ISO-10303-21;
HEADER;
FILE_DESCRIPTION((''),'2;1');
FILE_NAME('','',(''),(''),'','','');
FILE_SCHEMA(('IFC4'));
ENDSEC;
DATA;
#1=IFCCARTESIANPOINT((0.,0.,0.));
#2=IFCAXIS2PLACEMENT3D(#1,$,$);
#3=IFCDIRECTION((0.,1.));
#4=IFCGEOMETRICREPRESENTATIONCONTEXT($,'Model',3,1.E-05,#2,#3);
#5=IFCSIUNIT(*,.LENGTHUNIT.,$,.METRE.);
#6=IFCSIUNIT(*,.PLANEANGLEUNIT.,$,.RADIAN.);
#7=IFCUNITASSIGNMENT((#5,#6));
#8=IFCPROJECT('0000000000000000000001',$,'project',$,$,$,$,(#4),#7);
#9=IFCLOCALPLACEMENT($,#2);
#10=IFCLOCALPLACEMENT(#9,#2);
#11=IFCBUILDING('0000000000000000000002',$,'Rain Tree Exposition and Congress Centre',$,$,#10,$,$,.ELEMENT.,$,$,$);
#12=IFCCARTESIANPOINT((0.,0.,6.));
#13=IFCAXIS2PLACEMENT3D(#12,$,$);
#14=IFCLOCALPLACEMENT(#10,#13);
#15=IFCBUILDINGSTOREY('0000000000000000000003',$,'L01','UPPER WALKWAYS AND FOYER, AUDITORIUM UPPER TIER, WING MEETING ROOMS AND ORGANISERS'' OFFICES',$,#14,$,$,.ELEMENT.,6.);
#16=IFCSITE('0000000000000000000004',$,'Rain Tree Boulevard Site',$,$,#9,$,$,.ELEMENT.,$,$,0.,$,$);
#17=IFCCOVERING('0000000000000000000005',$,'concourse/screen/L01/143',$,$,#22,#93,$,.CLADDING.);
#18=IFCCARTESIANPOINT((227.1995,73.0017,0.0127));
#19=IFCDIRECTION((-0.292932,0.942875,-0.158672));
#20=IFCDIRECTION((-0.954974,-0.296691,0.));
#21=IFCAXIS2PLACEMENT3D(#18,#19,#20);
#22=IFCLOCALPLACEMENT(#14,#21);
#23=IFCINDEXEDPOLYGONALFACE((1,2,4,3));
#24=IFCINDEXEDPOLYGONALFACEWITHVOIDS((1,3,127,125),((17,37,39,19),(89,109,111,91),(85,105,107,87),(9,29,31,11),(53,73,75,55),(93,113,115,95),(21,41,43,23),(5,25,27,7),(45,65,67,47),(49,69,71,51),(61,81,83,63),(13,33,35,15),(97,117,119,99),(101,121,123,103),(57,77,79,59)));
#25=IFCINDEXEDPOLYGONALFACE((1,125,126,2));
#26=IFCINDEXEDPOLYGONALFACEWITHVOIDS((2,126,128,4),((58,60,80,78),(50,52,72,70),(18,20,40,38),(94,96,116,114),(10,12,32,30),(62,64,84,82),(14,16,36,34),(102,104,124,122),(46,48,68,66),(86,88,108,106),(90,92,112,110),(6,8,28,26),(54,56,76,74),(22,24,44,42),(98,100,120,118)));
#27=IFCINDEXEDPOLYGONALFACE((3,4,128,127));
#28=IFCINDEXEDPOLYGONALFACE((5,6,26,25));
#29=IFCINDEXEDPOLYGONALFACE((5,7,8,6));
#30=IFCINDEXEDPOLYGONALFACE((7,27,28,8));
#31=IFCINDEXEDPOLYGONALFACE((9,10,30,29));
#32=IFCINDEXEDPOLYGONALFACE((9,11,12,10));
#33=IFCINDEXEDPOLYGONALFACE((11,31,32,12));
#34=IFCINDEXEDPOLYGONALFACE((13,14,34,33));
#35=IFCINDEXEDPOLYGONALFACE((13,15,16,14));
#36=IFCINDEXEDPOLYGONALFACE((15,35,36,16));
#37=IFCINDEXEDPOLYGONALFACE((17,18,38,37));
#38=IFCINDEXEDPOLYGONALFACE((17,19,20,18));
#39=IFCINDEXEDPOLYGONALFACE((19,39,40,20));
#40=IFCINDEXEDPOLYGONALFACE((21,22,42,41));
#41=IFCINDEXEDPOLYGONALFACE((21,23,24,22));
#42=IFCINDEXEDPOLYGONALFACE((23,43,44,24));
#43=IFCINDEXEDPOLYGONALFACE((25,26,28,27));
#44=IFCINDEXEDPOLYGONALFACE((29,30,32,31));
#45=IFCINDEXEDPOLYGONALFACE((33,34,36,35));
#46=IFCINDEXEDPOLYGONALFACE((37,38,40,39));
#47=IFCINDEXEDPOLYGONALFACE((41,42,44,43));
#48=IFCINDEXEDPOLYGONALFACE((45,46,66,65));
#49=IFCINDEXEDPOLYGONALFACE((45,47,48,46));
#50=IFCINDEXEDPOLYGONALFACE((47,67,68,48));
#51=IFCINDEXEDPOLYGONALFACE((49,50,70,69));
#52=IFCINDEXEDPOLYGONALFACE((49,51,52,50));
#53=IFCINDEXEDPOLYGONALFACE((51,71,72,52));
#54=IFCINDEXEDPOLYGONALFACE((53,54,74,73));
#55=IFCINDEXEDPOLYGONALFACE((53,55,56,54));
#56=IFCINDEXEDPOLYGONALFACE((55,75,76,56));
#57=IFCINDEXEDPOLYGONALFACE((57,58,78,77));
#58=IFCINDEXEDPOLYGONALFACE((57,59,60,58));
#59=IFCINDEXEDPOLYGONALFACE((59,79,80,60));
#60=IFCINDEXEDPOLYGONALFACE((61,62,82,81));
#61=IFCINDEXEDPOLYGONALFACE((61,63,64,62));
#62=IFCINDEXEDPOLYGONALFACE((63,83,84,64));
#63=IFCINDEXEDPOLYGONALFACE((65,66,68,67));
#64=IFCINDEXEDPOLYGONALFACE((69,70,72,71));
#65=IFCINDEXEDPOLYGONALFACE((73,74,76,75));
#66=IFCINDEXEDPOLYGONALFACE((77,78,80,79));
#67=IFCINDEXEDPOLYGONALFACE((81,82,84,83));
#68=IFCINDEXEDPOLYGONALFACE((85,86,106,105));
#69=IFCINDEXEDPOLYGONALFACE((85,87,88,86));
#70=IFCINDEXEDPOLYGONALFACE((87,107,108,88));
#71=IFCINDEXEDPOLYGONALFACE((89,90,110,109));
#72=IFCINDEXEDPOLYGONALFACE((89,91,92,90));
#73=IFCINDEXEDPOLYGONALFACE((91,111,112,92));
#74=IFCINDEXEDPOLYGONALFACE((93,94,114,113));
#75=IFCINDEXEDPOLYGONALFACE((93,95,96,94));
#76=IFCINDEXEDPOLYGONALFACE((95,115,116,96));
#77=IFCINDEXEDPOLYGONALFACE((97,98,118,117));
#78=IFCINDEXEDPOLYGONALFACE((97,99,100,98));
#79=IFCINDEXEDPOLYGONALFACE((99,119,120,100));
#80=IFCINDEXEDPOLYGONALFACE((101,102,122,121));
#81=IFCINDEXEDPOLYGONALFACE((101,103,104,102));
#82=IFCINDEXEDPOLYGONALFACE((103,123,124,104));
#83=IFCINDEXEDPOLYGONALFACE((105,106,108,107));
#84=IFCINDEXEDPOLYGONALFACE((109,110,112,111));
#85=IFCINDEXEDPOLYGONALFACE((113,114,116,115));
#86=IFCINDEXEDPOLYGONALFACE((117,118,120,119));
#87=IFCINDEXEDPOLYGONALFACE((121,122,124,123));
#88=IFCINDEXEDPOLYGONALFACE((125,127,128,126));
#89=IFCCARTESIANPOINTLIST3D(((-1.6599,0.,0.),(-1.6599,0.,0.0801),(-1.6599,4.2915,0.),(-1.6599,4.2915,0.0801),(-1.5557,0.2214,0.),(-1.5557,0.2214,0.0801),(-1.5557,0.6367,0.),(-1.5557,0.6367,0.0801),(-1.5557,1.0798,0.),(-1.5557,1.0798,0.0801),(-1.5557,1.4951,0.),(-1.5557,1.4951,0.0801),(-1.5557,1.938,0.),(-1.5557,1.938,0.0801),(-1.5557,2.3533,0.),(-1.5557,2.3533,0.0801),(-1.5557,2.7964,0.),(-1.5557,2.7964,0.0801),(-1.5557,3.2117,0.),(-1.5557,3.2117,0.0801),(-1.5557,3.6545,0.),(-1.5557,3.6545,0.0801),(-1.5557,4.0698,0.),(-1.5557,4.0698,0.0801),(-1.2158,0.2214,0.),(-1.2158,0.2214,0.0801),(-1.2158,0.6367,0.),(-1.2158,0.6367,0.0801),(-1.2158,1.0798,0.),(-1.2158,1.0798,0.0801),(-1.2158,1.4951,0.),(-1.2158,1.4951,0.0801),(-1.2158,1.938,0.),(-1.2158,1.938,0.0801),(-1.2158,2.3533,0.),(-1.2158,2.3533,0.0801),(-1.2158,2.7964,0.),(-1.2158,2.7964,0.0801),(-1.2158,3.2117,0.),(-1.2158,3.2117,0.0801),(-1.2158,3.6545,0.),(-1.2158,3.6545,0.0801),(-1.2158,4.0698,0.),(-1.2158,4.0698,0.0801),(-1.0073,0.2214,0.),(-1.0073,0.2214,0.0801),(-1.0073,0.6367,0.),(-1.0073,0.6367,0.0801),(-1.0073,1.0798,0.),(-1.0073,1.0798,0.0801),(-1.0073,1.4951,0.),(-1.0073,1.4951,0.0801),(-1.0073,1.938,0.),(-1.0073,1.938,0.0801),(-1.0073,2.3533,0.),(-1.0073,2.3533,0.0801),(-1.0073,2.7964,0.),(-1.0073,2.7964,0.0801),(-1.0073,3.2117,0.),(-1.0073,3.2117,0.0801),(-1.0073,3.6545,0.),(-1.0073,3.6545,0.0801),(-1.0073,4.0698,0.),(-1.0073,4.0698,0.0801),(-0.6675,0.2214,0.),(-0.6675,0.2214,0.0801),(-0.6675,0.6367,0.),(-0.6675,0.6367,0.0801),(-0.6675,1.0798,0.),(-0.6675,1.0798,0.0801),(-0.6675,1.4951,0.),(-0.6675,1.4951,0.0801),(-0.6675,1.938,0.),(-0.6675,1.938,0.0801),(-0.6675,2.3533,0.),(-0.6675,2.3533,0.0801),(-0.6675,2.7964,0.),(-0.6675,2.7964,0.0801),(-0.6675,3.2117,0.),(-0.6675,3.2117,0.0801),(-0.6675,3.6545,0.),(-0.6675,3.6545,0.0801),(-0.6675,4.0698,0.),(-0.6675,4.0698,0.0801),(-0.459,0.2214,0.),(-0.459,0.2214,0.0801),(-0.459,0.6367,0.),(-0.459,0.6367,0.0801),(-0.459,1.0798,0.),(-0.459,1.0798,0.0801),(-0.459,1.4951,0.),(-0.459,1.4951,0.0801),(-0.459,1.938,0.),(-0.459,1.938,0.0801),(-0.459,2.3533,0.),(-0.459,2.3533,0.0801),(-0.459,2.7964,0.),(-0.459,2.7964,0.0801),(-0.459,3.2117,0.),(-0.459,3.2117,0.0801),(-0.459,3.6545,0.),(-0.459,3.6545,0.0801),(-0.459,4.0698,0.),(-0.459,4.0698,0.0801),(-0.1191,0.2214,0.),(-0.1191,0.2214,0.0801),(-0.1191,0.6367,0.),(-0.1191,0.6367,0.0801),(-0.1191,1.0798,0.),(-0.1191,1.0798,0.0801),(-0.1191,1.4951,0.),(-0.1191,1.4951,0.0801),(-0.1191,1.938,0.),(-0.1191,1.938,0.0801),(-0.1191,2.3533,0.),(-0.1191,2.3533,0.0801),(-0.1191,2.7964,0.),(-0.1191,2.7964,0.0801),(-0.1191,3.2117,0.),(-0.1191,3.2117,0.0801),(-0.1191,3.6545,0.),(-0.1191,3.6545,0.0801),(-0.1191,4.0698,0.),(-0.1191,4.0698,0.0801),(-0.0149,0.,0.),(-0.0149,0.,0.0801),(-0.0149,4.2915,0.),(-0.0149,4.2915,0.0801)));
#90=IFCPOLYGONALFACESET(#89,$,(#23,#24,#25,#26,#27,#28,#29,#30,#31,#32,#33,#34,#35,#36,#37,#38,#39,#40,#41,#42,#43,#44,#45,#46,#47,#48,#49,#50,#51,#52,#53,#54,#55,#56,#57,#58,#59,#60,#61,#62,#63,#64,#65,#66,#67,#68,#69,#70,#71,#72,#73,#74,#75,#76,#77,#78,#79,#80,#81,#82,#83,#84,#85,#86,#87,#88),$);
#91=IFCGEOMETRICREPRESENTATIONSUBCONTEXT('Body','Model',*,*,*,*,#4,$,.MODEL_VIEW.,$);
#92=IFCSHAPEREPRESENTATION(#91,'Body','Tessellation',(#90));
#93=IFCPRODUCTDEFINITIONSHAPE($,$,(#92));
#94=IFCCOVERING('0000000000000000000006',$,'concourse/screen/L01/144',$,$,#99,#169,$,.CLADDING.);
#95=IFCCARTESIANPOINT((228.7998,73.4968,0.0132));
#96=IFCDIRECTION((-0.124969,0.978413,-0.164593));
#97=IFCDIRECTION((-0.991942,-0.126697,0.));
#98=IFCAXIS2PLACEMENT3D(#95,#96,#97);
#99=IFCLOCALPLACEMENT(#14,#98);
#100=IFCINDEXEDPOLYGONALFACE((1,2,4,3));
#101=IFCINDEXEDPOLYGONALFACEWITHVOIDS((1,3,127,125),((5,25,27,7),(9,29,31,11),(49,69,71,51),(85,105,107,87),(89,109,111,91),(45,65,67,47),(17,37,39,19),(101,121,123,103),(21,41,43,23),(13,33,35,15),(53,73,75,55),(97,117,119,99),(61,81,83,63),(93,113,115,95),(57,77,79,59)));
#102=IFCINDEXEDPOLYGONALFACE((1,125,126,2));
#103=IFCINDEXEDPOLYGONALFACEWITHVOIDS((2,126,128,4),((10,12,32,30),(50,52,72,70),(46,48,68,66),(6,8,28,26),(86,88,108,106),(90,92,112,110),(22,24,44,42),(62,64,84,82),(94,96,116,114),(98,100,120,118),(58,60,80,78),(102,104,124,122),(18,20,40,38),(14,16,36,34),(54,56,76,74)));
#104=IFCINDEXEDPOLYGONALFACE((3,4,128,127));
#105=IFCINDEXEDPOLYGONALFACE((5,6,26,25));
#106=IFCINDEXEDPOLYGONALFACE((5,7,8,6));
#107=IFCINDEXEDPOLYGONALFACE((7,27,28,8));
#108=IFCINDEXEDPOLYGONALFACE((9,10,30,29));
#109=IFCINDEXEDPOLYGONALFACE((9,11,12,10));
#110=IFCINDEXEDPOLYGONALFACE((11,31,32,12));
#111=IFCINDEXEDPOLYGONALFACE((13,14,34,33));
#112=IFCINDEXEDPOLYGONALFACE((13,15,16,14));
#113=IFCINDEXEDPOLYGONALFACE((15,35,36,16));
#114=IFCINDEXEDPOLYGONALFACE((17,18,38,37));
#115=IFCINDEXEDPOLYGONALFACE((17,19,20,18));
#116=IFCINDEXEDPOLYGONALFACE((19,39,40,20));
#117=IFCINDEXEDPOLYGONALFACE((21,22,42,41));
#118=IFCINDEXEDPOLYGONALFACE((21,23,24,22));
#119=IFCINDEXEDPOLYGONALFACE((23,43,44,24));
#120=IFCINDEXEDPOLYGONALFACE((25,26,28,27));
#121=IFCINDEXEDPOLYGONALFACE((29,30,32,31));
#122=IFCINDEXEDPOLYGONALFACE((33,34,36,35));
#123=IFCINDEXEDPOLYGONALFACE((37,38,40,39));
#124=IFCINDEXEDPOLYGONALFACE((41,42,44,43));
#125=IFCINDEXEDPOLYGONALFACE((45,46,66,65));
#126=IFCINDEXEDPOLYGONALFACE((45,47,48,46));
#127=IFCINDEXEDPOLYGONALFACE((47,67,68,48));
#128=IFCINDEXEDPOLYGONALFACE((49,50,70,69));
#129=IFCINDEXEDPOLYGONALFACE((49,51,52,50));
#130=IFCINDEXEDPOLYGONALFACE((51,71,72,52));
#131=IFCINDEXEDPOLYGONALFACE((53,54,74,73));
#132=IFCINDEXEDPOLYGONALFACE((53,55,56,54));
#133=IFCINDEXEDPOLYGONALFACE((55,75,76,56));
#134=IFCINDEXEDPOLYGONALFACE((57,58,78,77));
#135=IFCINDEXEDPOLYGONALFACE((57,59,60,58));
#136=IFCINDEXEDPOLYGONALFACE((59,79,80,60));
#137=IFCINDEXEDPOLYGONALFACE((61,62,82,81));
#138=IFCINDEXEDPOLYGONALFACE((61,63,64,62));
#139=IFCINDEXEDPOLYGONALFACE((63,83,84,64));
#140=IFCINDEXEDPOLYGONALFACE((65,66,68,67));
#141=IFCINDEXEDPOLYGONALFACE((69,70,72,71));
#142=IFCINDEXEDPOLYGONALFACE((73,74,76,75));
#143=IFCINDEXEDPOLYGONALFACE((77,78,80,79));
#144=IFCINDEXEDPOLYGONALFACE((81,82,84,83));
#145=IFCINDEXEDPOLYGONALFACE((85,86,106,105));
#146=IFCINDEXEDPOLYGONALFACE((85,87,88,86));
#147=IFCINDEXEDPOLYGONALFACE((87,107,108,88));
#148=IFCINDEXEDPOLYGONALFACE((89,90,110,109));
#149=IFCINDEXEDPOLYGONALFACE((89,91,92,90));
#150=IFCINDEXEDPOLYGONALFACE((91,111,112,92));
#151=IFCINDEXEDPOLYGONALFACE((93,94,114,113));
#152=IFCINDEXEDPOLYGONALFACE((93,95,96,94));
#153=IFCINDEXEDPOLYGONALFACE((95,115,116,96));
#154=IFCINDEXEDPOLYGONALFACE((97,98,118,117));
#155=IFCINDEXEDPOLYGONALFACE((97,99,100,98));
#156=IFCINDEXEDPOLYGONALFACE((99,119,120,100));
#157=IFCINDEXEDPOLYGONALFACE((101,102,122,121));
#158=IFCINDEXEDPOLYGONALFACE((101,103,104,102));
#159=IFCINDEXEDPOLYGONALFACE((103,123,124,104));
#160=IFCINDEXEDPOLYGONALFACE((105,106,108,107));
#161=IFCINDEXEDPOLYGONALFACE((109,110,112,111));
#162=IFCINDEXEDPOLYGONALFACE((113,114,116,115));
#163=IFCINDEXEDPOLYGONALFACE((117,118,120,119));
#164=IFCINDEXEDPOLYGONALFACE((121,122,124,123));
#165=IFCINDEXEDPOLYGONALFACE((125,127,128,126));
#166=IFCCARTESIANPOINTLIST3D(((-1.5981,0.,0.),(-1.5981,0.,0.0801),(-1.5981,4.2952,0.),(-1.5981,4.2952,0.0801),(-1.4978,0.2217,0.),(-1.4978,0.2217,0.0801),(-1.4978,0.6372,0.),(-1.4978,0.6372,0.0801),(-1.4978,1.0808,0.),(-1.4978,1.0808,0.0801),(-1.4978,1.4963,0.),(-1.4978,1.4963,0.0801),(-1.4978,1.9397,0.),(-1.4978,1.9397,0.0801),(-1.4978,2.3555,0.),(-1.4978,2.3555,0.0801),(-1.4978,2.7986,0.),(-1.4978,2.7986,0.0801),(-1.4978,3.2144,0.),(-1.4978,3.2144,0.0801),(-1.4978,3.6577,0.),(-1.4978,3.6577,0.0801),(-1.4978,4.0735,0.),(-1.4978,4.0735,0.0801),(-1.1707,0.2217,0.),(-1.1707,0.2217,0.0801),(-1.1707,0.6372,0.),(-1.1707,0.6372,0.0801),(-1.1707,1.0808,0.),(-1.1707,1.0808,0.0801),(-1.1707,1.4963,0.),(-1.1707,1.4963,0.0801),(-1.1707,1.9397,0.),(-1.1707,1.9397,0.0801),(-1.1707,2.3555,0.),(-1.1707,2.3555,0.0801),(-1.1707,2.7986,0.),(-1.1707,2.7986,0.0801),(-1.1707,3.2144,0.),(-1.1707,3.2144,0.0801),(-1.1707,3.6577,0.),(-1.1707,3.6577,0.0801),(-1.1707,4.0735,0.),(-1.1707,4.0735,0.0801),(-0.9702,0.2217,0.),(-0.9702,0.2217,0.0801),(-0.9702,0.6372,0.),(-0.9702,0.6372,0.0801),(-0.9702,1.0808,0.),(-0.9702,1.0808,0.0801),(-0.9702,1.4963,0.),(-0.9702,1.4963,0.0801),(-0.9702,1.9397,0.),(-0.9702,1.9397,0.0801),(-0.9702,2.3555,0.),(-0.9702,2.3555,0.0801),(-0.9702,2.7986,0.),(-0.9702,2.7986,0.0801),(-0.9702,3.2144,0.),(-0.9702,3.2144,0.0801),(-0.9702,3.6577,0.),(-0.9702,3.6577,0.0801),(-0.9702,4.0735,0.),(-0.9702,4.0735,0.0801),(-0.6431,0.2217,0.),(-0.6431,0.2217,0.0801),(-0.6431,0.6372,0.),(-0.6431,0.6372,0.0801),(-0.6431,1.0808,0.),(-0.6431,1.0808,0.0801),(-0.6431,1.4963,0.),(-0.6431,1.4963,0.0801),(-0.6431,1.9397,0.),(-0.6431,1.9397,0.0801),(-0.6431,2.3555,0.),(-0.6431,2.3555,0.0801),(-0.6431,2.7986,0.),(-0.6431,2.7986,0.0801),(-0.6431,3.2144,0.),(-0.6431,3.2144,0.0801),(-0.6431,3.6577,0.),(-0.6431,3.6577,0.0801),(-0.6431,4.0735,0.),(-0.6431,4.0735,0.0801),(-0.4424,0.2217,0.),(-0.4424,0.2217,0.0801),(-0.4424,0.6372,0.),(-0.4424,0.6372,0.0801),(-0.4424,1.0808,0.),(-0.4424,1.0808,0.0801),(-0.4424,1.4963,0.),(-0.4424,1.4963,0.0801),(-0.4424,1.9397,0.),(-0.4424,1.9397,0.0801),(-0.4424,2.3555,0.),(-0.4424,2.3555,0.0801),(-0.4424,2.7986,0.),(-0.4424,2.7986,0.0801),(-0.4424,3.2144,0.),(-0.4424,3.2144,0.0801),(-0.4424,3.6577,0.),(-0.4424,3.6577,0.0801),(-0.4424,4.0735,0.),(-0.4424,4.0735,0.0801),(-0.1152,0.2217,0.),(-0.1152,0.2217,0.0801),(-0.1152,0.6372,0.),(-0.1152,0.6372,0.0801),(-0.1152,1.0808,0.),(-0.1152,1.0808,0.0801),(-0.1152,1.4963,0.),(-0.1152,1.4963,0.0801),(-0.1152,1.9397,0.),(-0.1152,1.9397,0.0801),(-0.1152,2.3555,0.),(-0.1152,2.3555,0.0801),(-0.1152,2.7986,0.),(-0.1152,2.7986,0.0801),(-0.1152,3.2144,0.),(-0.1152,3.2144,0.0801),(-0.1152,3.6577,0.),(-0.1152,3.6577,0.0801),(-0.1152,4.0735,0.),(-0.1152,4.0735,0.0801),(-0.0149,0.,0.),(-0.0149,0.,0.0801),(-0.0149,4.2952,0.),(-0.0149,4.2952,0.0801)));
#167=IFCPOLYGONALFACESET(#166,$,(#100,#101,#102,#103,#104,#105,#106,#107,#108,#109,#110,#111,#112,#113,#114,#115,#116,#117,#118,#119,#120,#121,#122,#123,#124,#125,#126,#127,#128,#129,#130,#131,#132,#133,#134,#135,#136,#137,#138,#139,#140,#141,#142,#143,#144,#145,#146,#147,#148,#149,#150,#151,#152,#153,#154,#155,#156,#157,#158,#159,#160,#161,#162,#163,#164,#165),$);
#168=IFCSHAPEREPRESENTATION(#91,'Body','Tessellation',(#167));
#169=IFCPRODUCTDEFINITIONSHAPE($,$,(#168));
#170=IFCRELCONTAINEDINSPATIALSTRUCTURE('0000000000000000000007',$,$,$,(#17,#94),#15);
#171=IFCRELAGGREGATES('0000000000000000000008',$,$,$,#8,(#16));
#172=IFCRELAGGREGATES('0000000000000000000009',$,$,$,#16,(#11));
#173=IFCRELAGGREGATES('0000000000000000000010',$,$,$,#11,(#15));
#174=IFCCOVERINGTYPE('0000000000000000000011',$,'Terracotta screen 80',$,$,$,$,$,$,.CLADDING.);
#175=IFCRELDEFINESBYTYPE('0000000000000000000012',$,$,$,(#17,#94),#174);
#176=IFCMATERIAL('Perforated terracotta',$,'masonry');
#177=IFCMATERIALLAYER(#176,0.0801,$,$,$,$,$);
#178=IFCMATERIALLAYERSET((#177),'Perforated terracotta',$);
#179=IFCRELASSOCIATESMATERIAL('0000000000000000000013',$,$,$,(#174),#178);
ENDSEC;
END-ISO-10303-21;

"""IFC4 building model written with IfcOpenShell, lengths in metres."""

from ifc_helpers import new_model, si_unit, direction, frame, origin, place, context, subcontext, project, spatial, polyline, outline, extrude, material, layer, layer_set, type_object, element, save


model = new_model("IFC4")

# Units and contexts
model_context = context("Model", 3, precision=1e-05, world=origin(), true_north=direction((0.0, 1.0)))
body_context = subcontext(model_context, "Body", "Model", "MODEL_VIEW")
ifc_project = project(units=[si_unit("LENGTHUNIT", "METRE"), si_unit("PLANEANGLEUNIT", "RADIAN")], contexts=[model_context])

# Site, building, storey
site_placement = place(None, origin())
site = spatial("IfcSite", under=ifc_project, at=site_placement, Name="Rain Tree Boulevard Site", CompositionType="ELEMENT", RefElevation=0.0)
building_placement = place(site_placement, origin())
building = spatial("IfcBuilding", under=site, at=building_placement, Name="Rain Tree Exposition and Congress Centre", CompositionType="ELEMENT")
storey_placement = place(building_placement, frame((0.0, 0.0, 6.0)))
storey = spatial("IfcBuildingStorey", under=building, at=storey_placement, Name="L01", Description="UPPER WALKWAYS AND FOYER, AUDITORIUM UPPER TIER, WING MEETING ROOMS AND ORGANISERS' OFFICES", CompositionType="ELEMENT", Elevation=6.0)

# Coverings
ifc_material_1 = material(Name="Perforated terracotta", Category="masonry")
ifc_layer_1 = layer(ifc_material_1, 0.0801)
ifc_layer_set_1 = layer_set([ifc_layer_1], Name="Perforated terracotta")
covering_type = type_object("IfcCoveringType", Name="Terracotta screen 80", PredefinedType="CLADDING", material=ifc_layer_set_1)
covering_1_placement = place(storey_placement, frame((227.1995, 73.0017, 0.0127), z_axis=(-0.292932, 0.942875, -0.158672), x_axis=(-0.954974, -0.296691, 0.0)))
element("IfcCovering", 1, at=covering_1_placement, inside=storey, type_object=covering_type, Name="concourse/screen/L01/143", PredefinedType="CLADDING", context=body_context, shape_type="SweptSolid", body=[
    extrude(outline(polyline([(-1.6599, 0.0), (-1.6599, 4.2915), (-0.0149, 4.2915), (-0.0149, 0.0), (-1.6599, 0.0)]), holes=[polyline([(-0.1191, 0.2214), (-0.1191, 0.6367), (-0.459, 0.6367), (-0.459, 0.2214), (-0.1191, 0.2214)]), polyline([(-0.1191, 1.0798), (-0.1191, 1.4951), (-0.459, 1.4951), (-0.459, 1.0798), (-0.1191, 1.0798)]), polyline([(-0.1191, 1.938), (-0.1191, 2.3533), (-0.459, 2.3533), (-0.459, 1.938), (-0.1191, 1.938)]), polyline([(-0.1191, 2.7964), (-0.1191, 3.2117), (-0.459, 3.2117), (-0.459, 2.7964), (-0.1191, 2.7964)]), polyline([(-0.1191, 3.6545), (-0.1191, 4.0698), (-0.459, 4.0698), (-0.459, 3.6545), (-0.1191, 3.6545)]), polyline([(-0.6675, 0.2214), (-0.6675, 0.6367), (-1.0073, 0.6367), (-1.0073, 0.2214), (-0.6675, 0.2214)]), polyline([(-0.6675, 1.0798), (-0.6675, 1.4951), (-1.0073, 1.4951), (-1.0073, 1.0798), (-0.6675, 1.0798)]), polyline([(-0.6675, 1.938), (-0.6675, 2.3533), (-1.0073, 2.3533), (-1.0073, 1.938), (-0.6675, 1.938)]), polyline([(-0.6675, 2.7964), (-0.6675, 3.2117), (-1.0073, 3.2117), (-1.0073, 2.7964), (-0.6675, 2.7964)]), polyline([(-0.6675, 3.6545), (-0.6675, 4.0698), (-1.0073, 4.0698), (-1.0073, 3.6545), (-0.6675, 3.6545)]), polyline([(-1.2158, 0.2214), (-1.2158, 0.6367), (-1.5557, 0.6367), (-1.5557, 0.2214), (-1.2158, 0.2214)]), polyline([(-1.2158, 1.0798), (-1.2158, 1.4951), (-1.5557, 1.4951), (-1.5557, 1.0798), (-1.2158, 1.0798)]), polyline([(-1.2158, 1.938), (-1.2158, 2.3533), (-1.5557, 2.3533), (-1.5557, 1.938), (-1.2158, 1.938)]), polyline([(-1.2158, 2.7964), (-1.2158, 3.2117), (-1.5557, 3.2117), (-1.5557, 2.7964), (-1.2158, 2.7964)]), polyline([(-1.2158, 3.6545), (-1.2158, 4.0698), (-1.5557, 4.0698), (-1.5557, 3.6545), (-1.2158, 3.6545)])]), origin(), (0.0, 0.0, 1.0), 0.0801),
])
covering_2_placement = place(storey_placement, frame((228.7998, 73.4968, 0.0132), z_axis=(-0.124969, 0.978413, -0.164593), x_axis=(-0.991942, -0.126697, 0.0)))
element("IfcCovering", 2, at=covering_2_placement, inside=storey, type_object=covering_type, Name="concourse/screen/L01/144", PredefinedType="CLADDING", context=body_context, shape_type="SweptSolid", body=[
    extrude(outline(polyline([(-1.5981, 0.0), (-1.5981, 4.2952), (-0.0149, 4.2952), (-0.0149, 0.0), (-1.5981, 0.0)]), holes=[polyline([(-0.1152, 0.2217), (-0.1152, 0.6372), (-0.4424, 0.6372), (-0.4424, 0.2217), (-0.1152, 0.2217)]), polyline([(-0.1152, 1.0808), (-0.1152, 1.4963), (-0.4424, 1.4963), (-0.4424, 1.0808), (-0.1152, 1.0808)]), polyline([(-0.1152, 1.9397), (-0.1152, 2.3555), (-0.4424, 2.3555), (-0.4424, 1.9397), (-0.1152, 1.9397)]), polyline([(-0.1152, 2.7986), (-0.1152, 3.2144), (-0.4424, 3.2144), (-0.4424, 2.7986), (-0.1152, 2.7986)]), polyline([(-0.1152, 3.6577), (-0.1152, 4.0735), (-0.4424, 4.0735), (-0.4424, 3.6577), (-0.1152, 3.6577)]), polyline([(-0.6431, 0.2217), (-0.6431, 0.6372), (-0.9702, 0.6372), (-0.9702, 0.2217), (-0.6431, 0.2217)]), polyline([(-0.6431, 1.0808), (-0.6431, 1.4963), (-0.9702, 1.4963), (-0.9702, 1.0808), (-0.6431, 1.0808)]), polyline([(-0.6431, 1.9397), (-0.6431, 2.3555), (-0.9702, 2.3555), (-0.9702, 1.9397), (-0.6431, 1.9397)]), polyline([(-0.6431, 2.7986), (-0.6431, 3.2144), (-0.9702, 3.2144), (-0.9702, 2.7986), (-0.6431, 2.7986)]), polyline([(-0.6431, 3.6577), (-0.6431, 4.0735), (-0.9702, 4.0735), (-0.9702, 3.6577), (-0.6431, 3.6577)]), polyline([(-1.1707, 0.2217), (-1.1707, 0.6372), (-1.4978, 0.6372), (-1.4978, 0.2217), (-1.1707, 0.2217)]), polyline([(-1.1707, 1.0808), (-1.1707, 1.4963), (-1.4978, 1.4963), (-1.4978, 1.0808), (-1.1707, 1.0808)]), polyline([(-1.1707, 1.9397), (-1.1707, 2.3555), (-1.4978, 2.3555), (-1.4978, 1.9397), (-1.1707, 1.9397)]), polyline([(-1.1707, 2.7986), (-1.1707, 3.2144), (-1.4978, 3.2144), (-1.4978, 2.7986), (-1.1707, 2.7986)]), polyline([(-1.1707, 3.6577), (-1.1707, 4.0735), (-1.4978, 4.0735), (-1.4978, 3.6577), (-1.1707, 3.6577)])]), origin(), (0.0, 0.0, 1.0), 0.0801),
])

save(model, "model.ifc")
